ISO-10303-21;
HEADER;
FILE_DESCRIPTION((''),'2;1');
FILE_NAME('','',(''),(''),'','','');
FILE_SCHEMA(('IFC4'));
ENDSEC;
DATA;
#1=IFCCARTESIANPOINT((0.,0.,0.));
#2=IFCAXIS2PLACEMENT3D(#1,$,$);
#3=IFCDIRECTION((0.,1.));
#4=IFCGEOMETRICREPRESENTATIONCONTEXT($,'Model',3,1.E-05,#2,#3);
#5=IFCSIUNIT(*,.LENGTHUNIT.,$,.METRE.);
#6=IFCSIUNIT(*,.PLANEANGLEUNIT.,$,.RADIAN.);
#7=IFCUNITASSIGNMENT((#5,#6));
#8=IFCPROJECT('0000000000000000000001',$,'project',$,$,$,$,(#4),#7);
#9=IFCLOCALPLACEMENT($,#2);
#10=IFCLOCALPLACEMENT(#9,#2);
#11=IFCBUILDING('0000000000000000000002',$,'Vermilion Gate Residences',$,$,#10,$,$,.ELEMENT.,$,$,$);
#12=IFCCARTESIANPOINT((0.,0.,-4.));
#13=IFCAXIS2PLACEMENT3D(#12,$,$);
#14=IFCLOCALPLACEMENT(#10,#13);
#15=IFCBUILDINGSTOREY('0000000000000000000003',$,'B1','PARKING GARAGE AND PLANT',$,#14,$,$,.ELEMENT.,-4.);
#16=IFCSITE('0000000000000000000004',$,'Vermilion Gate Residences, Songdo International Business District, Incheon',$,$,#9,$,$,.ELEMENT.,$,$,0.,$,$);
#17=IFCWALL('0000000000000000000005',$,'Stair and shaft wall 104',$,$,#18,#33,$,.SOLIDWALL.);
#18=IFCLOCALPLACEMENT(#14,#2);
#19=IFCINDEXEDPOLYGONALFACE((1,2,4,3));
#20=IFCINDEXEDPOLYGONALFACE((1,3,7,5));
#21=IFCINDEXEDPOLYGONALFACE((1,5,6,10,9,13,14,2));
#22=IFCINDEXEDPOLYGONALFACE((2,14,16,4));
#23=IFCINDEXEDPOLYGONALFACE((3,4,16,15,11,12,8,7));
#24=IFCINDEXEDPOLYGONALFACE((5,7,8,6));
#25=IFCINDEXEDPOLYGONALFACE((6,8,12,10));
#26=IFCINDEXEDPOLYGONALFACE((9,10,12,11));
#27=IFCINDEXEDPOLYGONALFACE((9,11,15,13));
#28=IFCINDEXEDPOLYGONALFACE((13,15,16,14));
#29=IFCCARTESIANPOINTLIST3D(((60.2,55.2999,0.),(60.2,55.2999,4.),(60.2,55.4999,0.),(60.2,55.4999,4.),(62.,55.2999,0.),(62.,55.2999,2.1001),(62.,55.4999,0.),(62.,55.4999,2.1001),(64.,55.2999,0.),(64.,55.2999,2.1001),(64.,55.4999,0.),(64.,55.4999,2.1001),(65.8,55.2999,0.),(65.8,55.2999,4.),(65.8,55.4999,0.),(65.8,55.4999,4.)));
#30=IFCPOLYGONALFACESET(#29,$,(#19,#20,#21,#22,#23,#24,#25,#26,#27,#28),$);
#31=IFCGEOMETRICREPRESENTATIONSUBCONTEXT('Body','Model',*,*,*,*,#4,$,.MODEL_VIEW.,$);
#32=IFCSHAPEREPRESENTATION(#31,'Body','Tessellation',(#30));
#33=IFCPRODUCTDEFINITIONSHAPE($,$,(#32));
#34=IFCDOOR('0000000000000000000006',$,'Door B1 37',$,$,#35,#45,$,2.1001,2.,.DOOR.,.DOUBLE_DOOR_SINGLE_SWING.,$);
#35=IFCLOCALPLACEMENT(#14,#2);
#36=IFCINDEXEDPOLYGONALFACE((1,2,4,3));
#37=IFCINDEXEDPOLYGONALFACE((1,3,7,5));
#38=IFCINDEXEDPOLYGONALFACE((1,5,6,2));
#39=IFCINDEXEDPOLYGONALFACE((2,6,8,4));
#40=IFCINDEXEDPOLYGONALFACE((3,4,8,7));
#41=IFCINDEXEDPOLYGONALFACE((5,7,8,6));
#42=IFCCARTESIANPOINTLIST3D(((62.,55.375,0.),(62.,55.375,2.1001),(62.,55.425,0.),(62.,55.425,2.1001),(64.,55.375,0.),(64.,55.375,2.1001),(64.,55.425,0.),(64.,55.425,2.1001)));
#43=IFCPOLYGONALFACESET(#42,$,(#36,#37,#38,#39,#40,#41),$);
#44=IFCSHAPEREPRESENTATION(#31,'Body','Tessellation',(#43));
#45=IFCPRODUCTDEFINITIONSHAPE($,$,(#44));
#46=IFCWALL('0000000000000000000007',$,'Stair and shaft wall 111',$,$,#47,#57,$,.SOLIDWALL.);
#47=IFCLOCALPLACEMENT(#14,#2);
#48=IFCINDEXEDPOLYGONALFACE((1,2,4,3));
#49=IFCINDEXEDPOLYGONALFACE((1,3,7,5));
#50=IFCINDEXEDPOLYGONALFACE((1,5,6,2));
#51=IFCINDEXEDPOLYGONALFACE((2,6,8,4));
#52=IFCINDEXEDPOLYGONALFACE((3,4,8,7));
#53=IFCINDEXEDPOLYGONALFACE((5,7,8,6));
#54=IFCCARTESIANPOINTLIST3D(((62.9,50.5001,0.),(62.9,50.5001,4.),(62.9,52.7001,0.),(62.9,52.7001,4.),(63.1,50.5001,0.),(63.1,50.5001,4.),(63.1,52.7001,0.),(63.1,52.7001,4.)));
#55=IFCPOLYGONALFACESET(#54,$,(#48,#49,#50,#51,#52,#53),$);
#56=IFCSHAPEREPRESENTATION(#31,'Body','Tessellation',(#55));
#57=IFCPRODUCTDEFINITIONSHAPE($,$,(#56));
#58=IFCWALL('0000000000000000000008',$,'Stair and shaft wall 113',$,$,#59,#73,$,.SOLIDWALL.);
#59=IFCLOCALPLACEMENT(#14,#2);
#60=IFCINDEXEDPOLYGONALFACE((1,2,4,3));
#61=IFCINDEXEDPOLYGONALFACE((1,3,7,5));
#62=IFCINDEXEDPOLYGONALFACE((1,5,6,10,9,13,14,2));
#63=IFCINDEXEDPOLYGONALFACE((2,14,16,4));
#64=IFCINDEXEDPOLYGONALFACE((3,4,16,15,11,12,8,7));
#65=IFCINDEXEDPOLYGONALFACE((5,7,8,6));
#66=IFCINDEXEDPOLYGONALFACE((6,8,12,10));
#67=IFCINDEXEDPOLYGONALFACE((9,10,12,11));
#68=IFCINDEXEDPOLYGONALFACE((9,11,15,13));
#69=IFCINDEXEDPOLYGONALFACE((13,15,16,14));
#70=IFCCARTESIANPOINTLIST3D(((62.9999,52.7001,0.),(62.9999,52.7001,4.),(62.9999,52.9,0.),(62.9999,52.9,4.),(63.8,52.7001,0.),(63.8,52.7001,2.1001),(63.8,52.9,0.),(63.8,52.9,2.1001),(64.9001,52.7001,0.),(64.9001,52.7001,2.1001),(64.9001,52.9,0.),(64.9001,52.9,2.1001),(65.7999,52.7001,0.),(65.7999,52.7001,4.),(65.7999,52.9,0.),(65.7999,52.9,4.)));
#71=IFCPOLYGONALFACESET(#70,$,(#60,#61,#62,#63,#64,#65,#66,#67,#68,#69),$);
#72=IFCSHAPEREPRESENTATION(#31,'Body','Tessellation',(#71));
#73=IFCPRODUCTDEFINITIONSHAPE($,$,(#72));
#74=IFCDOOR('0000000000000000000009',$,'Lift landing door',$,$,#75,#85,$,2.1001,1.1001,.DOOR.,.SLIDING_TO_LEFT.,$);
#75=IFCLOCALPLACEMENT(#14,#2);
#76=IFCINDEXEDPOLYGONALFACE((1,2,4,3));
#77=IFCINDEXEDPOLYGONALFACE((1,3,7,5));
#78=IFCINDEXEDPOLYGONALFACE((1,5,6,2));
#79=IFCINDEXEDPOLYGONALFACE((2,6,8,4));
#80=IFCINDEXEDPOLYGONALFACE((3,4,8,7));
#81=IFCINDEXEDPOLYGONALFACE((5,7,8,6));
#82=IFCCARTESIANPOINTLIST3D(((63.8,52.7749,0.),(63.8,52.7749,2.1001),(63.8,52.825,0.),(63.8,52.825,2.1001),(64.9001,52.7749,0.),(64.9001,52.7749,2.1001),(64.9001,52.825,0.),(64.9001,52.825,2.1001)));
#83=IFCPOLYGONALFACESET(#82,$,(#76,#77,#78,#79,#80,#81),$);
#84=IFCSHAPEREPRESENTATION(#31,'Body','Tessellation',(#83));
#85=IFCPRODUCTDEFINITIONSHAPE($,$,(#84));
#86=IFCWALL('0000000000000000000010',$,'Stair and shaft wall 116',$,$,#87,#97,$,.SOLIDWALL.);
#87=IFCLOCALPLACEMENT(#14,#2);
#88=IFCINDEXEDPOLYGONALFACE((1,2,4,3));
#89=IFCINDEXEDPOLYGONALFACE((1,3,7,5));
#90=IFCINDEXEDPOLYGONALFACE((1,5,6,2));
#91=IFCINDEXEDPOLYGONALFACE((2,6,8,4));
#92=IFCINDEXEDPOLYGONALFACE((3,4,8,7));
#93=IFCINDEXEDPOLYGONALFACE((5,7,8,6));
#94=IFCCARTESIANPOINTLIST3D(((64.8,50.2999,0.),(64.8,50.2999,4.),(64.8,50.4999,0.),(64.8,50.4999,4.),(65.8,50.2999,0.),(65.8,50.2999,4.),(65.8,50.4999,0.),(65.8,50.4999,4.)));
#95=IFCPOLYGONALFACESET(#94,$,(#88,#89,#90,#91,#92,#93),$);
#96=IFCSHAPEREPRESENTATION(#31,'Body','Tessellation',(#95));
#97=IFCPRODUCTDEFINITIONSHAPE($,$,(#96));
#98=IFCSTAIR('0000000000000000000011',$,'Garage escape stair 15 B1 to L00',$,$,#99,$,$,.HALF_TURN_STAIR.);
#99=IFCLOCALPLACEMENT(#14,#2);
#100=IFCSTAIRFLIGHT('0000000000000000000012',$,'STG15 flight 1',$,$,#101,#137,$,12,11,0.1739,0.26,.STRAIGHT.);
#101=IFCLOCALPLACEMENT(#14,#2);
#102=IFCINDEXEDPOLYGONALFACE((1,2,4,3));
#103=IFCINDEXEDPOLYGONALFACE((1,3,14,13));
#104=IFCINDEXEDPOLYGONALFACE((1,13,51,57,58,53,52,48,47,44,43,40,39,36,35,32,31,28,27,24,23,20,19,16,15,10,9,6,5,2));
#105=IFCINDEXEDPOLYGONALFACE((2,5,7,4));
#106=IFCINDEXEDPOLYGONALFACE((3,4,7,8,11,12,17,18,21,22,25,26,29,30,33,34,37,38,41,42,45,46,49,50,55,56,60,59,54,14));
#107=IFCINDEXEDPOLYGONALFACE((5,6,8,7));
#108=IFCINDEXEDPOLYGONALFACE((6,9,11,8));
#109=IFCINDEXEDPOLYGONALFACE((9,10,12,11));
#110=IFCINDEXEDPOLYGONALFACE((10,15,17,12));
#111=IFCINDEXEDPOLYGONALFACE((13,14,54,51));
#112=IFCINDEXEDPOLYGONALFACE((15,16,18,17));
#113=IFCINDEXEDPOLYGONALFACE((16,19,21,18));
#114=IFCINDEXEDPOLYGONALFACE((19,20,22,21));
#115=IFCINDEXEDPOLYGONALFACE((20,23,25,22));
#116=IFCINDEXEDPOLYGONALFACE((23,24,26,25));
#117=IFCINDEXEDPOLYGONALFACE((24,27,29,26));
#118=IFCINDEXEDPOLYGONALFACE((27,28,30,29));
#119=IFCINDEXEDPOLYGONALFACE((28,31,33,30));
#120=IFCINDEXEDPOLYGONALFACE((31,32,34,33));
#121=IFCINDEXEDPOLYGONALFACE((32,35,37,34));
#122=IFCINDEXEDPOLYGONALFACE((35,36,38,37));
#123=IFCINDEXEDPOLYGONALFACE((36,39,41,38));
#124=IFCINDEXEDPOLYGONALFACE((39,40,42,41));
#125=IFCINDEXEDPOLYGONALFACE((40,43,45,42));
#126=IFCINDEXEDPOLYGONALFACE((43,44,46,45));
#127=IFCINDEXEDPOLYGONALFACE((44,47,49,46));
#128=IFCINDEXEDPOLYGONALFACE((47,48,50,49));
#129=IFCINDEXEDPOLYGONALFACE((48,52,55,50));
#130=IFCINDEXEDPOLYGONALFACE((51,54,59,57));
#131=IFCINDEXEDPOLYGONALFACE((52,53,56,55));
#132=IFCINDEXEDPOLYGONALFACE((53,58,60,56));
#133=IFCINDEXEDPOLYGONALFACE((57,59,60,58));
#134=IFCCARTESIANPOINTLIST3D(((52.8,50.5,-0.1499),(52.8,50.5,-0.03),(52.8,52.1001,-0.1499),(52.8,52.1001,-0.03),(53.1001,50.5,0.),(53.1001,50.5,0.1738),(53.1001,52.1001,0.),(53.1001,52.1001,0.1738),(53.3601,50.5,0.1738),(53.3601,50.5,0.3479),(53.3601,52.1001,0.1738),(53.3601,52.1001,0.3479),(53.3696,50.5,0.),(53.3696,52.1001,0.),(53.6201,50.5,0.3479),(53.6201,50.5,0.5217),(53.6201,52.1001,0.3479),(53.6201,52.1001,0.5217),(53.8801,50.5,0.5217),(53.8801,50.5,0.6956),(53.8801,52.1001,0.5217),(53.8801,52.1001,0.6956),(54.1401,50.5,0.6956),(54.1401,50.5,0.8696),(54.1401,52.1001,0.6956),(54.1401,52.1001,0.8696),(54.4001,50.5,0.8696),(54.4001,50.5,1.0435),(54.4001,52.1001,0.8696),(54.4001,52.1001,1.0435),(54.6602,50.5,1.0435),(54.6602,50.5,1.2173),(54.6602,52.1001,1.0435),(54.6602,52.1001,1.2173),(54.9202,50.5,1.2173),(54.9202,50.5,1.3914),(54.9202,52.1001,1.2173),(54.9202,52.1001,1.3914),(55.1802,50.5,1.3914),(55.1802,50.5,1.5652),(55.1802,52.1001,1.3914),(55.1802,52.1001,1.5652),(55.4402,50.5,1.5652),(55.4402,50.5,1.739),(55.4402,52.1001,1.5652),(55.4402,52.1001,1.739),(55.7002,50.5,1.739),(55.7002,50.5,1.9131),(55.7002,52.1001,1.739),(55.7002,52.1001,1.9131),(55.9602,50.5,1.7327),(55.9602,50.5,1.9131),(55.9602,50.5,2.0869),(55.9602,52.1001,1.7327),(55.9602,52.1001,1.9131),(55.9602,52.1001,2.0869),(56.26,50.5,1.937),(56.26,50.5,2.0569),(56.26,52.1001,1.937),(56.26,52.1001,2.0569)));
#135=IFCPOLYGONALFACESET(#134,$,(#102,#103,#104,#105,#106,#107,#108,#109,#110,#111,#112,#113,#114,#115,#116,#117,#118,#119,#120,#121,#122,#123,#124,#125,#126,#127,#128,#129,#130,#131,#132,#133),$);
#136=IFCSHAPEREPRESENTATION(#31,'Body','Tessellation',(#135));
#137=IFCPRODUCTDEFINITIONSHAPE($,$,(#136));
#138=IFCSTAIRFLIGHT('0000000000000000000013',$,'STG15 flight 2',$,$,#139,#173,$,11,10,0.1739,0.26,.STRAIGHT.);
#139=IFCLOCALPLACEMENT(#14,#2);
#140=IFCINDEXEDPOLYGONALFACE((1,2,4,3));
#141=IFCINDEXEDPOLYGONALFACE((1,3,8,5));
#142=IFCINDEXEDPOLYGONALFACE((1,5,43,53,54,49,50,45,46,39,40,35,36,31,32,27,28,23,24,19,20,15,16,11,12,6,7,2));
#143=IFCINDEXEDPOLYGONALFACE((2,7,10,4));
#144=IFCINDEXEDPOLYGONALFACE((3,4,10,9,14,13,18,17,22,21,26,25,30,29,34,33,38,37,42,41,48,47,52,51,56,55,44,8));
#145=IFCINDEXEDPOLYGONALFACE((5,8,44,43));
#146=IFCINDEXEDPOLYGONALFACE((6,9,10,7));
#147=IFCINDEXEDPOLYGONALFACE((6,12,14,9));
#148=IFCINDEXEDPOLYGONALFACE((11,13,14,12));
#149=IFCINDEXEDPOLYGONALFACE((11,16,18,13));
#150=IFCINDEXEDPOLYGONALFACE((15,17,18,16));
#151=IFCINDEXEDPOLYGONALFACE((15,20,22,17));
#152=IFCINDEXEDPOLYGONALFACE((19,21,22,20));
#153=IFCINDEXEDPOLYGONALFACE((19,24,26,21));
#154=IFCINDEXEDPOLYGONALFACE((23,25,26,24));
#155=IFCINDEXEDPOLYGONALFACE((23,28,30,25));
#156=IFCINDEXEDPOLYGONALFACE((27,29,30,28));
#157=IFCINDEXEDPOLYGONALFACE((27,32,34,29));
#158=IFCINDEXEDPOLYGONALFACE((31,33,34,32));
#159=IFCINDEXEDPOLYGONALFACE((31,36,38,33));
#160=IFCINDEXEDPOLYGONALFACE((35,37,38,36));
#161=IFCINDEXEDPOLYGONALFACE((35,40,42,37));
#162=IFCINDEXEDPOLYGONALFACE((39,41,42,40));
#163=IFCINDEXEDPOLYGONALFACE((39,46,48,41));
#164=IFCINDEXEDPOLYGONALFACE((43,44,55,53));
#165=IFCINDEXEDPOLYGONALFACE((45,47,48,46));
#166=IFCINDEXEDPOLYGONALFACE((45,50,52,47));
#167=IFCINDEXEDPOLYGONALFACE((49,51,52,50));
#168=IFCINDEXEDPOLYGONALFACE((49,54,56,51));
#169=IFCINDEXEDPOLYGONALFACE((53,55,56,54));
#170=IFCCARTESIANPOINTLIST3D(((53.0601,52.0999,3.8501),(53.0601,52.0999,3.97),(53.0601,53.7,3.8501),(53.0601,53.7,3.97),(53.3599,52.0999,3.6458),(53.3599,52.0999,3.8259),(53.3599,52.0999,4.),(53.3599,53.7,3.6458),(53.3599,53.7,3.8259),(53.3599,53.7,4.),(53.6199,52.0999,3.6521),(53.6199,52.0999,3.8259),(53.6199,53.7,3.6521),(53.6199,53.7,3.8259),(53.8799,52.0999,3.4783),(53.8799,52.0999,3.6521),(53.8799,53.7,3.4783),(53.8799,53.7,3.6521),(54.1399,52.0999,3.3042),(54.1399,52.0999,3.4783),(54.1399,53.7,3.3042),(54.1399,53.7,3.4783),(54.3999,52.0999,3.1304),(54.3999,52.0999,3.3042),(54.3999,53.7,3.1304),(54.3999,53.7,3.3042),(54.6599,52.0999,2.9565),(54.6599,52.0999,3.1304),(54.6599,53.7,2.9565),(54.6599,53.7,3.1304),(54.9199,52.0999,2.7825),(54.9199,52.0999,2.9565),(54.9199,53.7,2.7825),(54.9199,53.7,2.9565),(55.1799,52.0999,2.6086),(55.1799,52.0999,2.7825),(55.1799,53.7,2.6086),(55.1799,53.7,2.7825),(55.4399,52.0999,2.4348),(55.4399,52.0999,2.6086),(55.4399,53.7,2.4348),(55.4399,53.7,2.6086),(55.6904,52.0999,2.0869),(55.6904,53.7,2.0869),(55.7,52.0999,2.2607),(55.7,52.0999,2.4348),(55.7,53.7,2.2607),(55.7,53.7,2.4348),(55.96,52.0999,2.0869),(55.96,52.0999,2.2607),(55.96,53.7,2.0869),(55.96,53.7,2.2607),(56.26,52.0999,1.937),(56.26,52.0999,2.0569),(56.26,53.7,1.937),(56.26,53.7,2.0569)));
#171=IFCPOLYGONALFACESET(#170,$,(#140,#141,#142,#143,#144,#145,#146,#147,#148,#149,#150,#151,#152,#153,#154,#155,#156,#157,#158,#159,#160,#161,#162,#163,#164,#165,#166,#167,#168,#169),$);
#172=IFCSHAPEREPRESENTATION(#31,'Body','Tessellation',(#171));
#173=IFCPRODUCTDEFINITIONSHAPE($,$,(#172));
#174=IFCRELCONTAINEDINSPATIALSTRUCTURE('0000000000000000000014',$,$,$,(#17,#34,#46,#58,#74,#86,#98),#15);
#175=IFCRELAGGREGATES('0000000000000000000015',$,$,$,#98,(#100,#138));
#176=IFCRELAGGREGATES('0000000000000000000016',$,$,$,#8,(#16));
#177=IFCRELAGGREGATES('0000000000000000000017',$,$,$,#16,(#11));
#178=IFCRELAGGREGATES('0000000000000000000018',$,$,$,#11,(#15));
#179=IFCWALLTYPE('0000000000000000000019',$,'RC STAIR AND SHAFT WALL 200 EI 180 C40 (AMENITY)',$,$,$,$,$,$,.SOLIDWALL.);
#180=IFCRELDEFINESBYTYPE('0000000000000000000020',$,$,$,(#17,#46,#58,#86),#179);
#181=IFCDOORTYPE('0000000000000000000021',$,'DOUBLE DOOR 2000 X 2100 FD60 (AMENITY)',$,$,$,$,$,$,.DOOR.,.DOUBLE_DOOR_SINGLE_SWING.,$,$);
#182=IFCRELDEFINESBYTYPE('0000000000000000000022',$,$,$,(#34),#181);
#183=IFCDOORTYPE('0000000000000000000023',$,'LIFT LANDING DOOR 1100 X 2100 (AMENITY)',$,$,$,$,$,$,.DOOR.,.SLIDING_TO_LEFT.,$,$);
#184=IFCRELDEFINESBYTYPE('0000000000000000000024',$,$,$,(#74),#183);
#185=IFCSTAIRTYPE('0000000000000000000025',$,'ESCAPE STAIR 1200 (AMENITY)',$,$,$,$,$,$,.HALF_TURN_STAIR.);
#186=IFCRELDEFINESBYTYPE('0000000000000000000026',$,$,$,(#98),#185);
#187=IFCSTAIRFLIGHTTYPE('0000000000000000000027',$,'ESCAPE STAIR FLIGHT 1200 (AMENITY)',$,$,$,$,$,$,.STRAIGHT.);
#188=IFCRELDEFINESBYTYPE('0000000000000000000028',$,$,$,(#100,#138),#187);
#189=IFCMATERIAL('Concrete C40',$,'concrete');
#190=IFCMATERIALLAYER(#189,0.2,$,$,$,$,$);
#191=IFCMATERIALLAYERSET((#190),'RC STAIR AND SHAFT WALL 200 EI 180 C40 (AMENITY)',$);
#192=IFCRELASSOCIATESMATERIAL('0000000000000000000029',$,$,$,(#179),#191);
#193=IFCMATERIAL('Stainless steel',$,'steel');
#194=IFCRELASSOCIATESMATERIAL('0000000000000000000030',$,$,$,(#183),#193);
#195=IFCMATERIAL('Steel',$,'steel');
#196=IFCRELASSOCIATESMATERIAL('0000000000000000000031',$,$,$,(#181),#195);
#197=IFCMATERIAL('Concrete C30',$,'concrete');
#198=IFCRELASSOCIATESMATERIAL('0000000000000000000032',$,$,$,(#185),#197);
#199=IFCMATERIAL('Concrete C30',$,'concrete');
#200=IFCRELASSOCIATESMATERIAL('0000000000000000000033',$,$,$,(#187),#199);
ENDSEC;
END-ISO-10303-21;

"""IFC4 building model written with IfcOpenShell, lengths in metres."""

from ifc_helpers import new_model, si_unit, direction, frame, frame_2d, origin, place, context, subcontext, project, spatial, polyline, rectangle, outline, extrude, material, layer, layer_set, type_object, element, fill, aggregate, save


model = new_model("IFC4")

# Units and contexts
model_context = context("Model", 3, precision=1e-05, world=origin(), true_north=direction((0.0, 1.0)))
body_context = subcontext(model_context, "Body", "Model", "MODEL_VIEW")
ifc_project = project(units=[si_unit("LENGTHUNIT", "METRE"), si_unit("PLANEANGLEUNIT", "RADIAN")], contexts=[model_context])

# Site, building, storey
site_placement = place(None, origin())
site = spatial("IfcSite", under=ifc_project, at=site_placement, Name="Vermilion Gate Residences, Songdo International Business District, Incheon", CompositionType="ELEMENT", RefElevation=0.0)
building_placement = place(site_placement, origin())
building = spatial("IfcBuilding", under=site, at=building_placement, Name="Vermilion Gate Residences", CompositionType="ELEMENT")
storey_placement = place(building_placement, frame((0.0, 0.0, -4.0)))
storey = spatial("IfcBuildingStorey", under=building, at=storey_placement, Name="B1", Description="PARKING GARAGE AND PLANT", CompositionType="ELEMENT", Elevation=-4.0)

# Shared definitions
ifc_material_1 = material(Name="Concrete C40", Category="concrete")
ifc_layer = layer(ifc_material_1, 0.2)
ifc_layer_set = layer_set([ifc_layer], Name="RC STAIR AND SHAFT WALL 200 EI 180 C40 (AMENITY)")
wall_type = type_object("IfcWallType", Name="RC STAIR AND SHAFT WALL 200 EI 180 C40 (AMENITY)", PredefinedType="SOLIDWALL", material=ifc_layer_set)

# Wall, opening, door
ifc_material_2 = material(Name="Stainless steel", Category="steel")
door_type_1 = type_object("IfcDoorType", Name="LIFT LANDING DOOR 1100 X 2100 (AMENITY)", OperationType="SLIDING_TO_LEFT", PredefinedType="DOOR", material=ifc_material_2)
wall_1_placement = place(storey_placement, frame((60.2, 55.3999, 0.0), z_axis=(0.0, 0.0, 1.0), x_axis=(1.0, 0.0, 0.0)))
wall_1 = element("IfcWall", 1, at=wall_1_placement, inside=storey, type_object=wall_type, Name="Stair and shaft wall 104", PredefinedType="SOLIDWALL", context=body_context, shape_type="SweptSolid", body=[
    extrude(rectangle(XDim=5.6001, YDim=0.2, at=frame_2d((2.8, 0.0))), origin(), (0.0, 0.0, 1.0), 4.0),
])
opening_1_placement = place(wall_1_placement, frame((1.8, 0.0, 0.0)))
opening_1 = element("IfcOpeningElement", 2, at=opening_1_placement, cuts=wall_1, PredefinedType="OPENING", context=body_context, shape_type="SweptSolid", body=[
    extrude(rectangle(XDim=2.0, YDim=2.1001, at=frame_2d((1.0, 1.05))), frame((0.0, 0.1099, 0.0), z_axis=(0.0, -1.0, 0.0), x_axis=(1.0, 0.0, 0.0)), (0.0, 0.0, 1.0), 0.22),
])
ifc_material_3 = material(Name="Steel", Category="steel")
door_type_2 = type_object("IfcDoorType", Name="DOUBLE DOOR 2000 X 2100 FD60 (AMENITY)", OperationType="DOUBLE_DOOR_SINGLE_SWING", PredefinedType="DOOR", material=ifc_material_3)
door_1_placement = place(opening_1_placement, frame((2.0, 0.0, 0.0), z_axis=(0.0, 0.0, 1.0), x_axis=(-1.0, 0.0, 0.0)))
door_1 = element("IfcDoor", 3, at=door_1_placement, inside=storey, type_object=door_type_2, Name="Door B1 37", OperationType="DOUBLE_DOOR_SINGLE_SWING", OverallHeight=2.1001, OverallWidth=2.0, PredefinedType="DOOR", context=body_context, shape_type="SweptSolid", body=[
    extrude(rectangle(XDim=2.0, YDim=2.1001, at=frame_2d((1.0, 1.05))), frame((0.0, 0.0249, 0.0), z_axis=(0.0, -1.0, 0.0), x_axis=(1.0, 0.0, 0.0)), (0.0, 0.0, 1.0), 0.05),
])
fill(opening_1, door_1)

# Wall
wall_2_placement = place(storey_placement, frame((63.0, 50.5, 0.0), z_axis=(0.0, 0.0, 1.0), x_axis=(0.0, 1.0, 0.0)))
element("IfcWall", 4, at=wall_2_placement, inside=storey, type_object=wall_type, Name="Stair and shaft wall 111", PredefinedType="SOLIDWALL", context=body_context, shape_type="SweptSolid", body=[
    extrude(rectangle(XDim=2.2, YDim=0.2, at=frame_2d((1.1001, 0.0))), origin(), (0.0, 0.0, 1.0), 4.0),
])

# Wall, opening, door
wall_3_placement = place(storey_placement, frame((63.0, 52.8, 0.0), z_axis=(0.0, 0.0, 1.0), x_axis=(1.0, 0.0, 0.0)))
wall_3 = element("IfcWall", 5, at=wall_3_placement, inside=storey, type_object=wall_type, Name="Stair and shaft wall 113", PredefinedType="SOLIDWALL", context=body_context, shape_type="SweptSolid", body=[
    extrude(rectangle(XDim=2.8, YDim=0.2, at=frame_2d((1.3999, 0.0))), origin(), (0.0, 0.0, 1.0), 4.0),
])
opening_2_placement = place(wall_3_placement, frame((0.8, 0.0, 0.0)))
opening_2 = element("IfcOpeningElement", 6, at=opening_2_placement, cuts=wall_3, PredefinedType="OPENING", context=body_context, shape_type="SweptSolid", body=[
    extrude(rectangle(XDim=1.1001, YDim=2.1001, at=frame_2d((0.55, 1.05))), frame((0.0, 0.1099, 0.0), z_axis=(0.0, -1.0, 0.0), x_axis=(1.0, 0.0, 0.0)), (0.0, 0.0, 1.0), 0.22),
])
door_2_placement = place(opening_2_placement, origin())
door_2 = element("IfcDoor", 7, at=door_2_placement, inside=storey, type_object=door_type_1, Name="Lift landing door", OperationType="SLIDING_TO_LEFT", OverallHeight=2.1001, OverallWidth=1.1001, PredefinedType="DOOR", context=body_context, shape_type="SweptSolid", body=[
    extrude(rectangle(XDim=1.1001, YDim=2.1001, at=frame_2d((0.55, 1.05))), frame((0.0, 0.0249, 0.0), z_axis=(0.0, -1.0, 0.0), x_axis=(1.0, 0.0, 0.0)), (0.0, 0.0, 1.0), 0.05),
])
fill(opening_2, door_2)

# Wall
wall_4_placement = place(storey_placement, frame((64.8, 50.3999, 0.0), z_axis=(0.0, 0.0, 1.0), x_axis=(1.0, 0.0, 0.0)))
element("IfcWall", 8, at=wall_4_placement, inside=storey, type_object=wall_type, Name="Stair and shaft wall 116", PredefinedType="SOLIDWALL", context=body_context, shape_type="SweptSolid", body=[
    extrude(rectangle(XDim=1.0, YDim=0.2, at=frame_2d((0.5, 0.0))), origin(), (0.0, 0.0, 1.0), 4.0),
])

# Stair, stair flights
ifc_material_4 = material(Name="Concrete C30", Category="concrete")
stair_type = type_object("IfcStairType", Name="ESCAPE STAIR 1200 (AMENITY)", PredefinedType="HALF_TURN_STAIR", material=ifc_material_4)
stair_placement = place(storey_placement, origin())
stair = element("IfcStair", 9, at=stair_placement, inside=storey, type_object=stair_type, Name="Garage escape stair 15 B1 to L00", PredefinedType="HALF_TURN_STAIR")
ifc_material_5 = material(Name="Concrete C30", Category="concrete")
stair_flight_type = type_object("IfcStairFlightType", Name="ESCAPE STAIR FLIGHT 1200 (AMENITY)", PredefinedType="STRAIGHT", material=ifc_material_5)
stair_flight_1_placement = place(storey_placement, frame((53.1001, 51.3, 0.0), z_axis=(0.0, 0.0, 1.0), x_axis=(1.0, 0.0, 0.0)))
stair_flight_1 = element("IfcStairFlight", 10, at=stair_flight_1_placement, type_object=stair_flight_type, Name="STG15 flight 1", NumberOfRisers=12, NumberOfTreads=11, PredefinedType="STRAIGHT", RiserHeight=0.1739, TreadLength=0.26, context=body_context, shape_type="SweptSolid", body=[
    extrude(outline(polyline([(-0.3, -0.1499), (-0.3, -0.03), (0.0, 0.0), (0.0, 0.1738), (0.26, 0.1738), (0.26, 0.3479), (0.52, 0.3479), (0.52, 0.5217), (0.78, 0.5217), (0.78, 0.6956), (1.04, 0.6956), (1.04, 0.8696), (1.3, 0.8696), (1.3, 1.0435), (1.5601, 1.0435), (1.5601, 1.2173), (1.8201, 1.2173), (1.8201, 1.3914), (2.0801, 1.3914), (2.0801, 1.5652), (2.3401, 1.5652), (2.3401, 1.739), (2.6001, 1.739), (2.6001, 1.9131), (2.8601, 1.9131), (2.8601, 2.0869), (3.1599, 2.0569), (3.1599, 1.937), (2.8601, 1.7327), (0.2695, 0.0), (-0.3, -0.1499)])), frame((0.0, 0.8, 0.0), z_axis=(0.0, -1.0, 0.0), x_axis=(1.0, 0.0, 0.0)), (0.0, 0.0, 1.0), 1.6001),
])
stair_flight_2_placement = place(storey_placement, frame((55.96, 52.8999, 2.0869), z_axis=(0.0, 0.0, 1.0), x_axis=(-1.0, 0.0, 0.0)))
stair_flight_2 = element("IfcStairFlight", 11, at=stair_flight_2_placement, type_object=stair_flight_type, Name="STG15 flight 2", NumberOfRisers=11, NumberOfTreads=10, PredefinedType="STRAIGHT", RiserHeight=0.1739, TreadLength=0.26, context=body_context, shape_type="SweptSolid", body=[
    extrude(outline(polyline([(-0.3, -0.1499), (-0.3, -0.03), (0.0, 0.0), (0.0, 0.1738), (0.26, 0.1738), (0.26, 0.3479), (0.52, 0.3479), (0.52, 0.5217), (0.78, 0.5217), (0.78, 0.6956), (1.04, 0.6956), (1.04, 0.8696), (1.3, 0.8696), (1.3, 1.0435), (1.5601, 1.0435), (1.5601, 1.2173), (1.8201, 1.2173), (1.8201, 1.3914), (2.0801, 1.3914), (2.0801, 1.5652), (2.3401, 1.5652), (2.3401, 1.739), (2.6001, 1.739), (2.6001, 1.9131), (2.8999, 1.8831), (2.8999, 1.7632), (2.6001, 1.5588), (0.2695, 0.0), (-0.3, -0.1499)])), frame((0.0, 0.8, 0.0), z_axis=(0.0, -1.0, 0.0), x_axis=(1.0, 0.0, 0.0)), (0.0, 0.0, 1.0), 1.6001),
])
aggregate(stair, [stair_flight_1, stair_flight_2])

save(model, "model.ifc")
